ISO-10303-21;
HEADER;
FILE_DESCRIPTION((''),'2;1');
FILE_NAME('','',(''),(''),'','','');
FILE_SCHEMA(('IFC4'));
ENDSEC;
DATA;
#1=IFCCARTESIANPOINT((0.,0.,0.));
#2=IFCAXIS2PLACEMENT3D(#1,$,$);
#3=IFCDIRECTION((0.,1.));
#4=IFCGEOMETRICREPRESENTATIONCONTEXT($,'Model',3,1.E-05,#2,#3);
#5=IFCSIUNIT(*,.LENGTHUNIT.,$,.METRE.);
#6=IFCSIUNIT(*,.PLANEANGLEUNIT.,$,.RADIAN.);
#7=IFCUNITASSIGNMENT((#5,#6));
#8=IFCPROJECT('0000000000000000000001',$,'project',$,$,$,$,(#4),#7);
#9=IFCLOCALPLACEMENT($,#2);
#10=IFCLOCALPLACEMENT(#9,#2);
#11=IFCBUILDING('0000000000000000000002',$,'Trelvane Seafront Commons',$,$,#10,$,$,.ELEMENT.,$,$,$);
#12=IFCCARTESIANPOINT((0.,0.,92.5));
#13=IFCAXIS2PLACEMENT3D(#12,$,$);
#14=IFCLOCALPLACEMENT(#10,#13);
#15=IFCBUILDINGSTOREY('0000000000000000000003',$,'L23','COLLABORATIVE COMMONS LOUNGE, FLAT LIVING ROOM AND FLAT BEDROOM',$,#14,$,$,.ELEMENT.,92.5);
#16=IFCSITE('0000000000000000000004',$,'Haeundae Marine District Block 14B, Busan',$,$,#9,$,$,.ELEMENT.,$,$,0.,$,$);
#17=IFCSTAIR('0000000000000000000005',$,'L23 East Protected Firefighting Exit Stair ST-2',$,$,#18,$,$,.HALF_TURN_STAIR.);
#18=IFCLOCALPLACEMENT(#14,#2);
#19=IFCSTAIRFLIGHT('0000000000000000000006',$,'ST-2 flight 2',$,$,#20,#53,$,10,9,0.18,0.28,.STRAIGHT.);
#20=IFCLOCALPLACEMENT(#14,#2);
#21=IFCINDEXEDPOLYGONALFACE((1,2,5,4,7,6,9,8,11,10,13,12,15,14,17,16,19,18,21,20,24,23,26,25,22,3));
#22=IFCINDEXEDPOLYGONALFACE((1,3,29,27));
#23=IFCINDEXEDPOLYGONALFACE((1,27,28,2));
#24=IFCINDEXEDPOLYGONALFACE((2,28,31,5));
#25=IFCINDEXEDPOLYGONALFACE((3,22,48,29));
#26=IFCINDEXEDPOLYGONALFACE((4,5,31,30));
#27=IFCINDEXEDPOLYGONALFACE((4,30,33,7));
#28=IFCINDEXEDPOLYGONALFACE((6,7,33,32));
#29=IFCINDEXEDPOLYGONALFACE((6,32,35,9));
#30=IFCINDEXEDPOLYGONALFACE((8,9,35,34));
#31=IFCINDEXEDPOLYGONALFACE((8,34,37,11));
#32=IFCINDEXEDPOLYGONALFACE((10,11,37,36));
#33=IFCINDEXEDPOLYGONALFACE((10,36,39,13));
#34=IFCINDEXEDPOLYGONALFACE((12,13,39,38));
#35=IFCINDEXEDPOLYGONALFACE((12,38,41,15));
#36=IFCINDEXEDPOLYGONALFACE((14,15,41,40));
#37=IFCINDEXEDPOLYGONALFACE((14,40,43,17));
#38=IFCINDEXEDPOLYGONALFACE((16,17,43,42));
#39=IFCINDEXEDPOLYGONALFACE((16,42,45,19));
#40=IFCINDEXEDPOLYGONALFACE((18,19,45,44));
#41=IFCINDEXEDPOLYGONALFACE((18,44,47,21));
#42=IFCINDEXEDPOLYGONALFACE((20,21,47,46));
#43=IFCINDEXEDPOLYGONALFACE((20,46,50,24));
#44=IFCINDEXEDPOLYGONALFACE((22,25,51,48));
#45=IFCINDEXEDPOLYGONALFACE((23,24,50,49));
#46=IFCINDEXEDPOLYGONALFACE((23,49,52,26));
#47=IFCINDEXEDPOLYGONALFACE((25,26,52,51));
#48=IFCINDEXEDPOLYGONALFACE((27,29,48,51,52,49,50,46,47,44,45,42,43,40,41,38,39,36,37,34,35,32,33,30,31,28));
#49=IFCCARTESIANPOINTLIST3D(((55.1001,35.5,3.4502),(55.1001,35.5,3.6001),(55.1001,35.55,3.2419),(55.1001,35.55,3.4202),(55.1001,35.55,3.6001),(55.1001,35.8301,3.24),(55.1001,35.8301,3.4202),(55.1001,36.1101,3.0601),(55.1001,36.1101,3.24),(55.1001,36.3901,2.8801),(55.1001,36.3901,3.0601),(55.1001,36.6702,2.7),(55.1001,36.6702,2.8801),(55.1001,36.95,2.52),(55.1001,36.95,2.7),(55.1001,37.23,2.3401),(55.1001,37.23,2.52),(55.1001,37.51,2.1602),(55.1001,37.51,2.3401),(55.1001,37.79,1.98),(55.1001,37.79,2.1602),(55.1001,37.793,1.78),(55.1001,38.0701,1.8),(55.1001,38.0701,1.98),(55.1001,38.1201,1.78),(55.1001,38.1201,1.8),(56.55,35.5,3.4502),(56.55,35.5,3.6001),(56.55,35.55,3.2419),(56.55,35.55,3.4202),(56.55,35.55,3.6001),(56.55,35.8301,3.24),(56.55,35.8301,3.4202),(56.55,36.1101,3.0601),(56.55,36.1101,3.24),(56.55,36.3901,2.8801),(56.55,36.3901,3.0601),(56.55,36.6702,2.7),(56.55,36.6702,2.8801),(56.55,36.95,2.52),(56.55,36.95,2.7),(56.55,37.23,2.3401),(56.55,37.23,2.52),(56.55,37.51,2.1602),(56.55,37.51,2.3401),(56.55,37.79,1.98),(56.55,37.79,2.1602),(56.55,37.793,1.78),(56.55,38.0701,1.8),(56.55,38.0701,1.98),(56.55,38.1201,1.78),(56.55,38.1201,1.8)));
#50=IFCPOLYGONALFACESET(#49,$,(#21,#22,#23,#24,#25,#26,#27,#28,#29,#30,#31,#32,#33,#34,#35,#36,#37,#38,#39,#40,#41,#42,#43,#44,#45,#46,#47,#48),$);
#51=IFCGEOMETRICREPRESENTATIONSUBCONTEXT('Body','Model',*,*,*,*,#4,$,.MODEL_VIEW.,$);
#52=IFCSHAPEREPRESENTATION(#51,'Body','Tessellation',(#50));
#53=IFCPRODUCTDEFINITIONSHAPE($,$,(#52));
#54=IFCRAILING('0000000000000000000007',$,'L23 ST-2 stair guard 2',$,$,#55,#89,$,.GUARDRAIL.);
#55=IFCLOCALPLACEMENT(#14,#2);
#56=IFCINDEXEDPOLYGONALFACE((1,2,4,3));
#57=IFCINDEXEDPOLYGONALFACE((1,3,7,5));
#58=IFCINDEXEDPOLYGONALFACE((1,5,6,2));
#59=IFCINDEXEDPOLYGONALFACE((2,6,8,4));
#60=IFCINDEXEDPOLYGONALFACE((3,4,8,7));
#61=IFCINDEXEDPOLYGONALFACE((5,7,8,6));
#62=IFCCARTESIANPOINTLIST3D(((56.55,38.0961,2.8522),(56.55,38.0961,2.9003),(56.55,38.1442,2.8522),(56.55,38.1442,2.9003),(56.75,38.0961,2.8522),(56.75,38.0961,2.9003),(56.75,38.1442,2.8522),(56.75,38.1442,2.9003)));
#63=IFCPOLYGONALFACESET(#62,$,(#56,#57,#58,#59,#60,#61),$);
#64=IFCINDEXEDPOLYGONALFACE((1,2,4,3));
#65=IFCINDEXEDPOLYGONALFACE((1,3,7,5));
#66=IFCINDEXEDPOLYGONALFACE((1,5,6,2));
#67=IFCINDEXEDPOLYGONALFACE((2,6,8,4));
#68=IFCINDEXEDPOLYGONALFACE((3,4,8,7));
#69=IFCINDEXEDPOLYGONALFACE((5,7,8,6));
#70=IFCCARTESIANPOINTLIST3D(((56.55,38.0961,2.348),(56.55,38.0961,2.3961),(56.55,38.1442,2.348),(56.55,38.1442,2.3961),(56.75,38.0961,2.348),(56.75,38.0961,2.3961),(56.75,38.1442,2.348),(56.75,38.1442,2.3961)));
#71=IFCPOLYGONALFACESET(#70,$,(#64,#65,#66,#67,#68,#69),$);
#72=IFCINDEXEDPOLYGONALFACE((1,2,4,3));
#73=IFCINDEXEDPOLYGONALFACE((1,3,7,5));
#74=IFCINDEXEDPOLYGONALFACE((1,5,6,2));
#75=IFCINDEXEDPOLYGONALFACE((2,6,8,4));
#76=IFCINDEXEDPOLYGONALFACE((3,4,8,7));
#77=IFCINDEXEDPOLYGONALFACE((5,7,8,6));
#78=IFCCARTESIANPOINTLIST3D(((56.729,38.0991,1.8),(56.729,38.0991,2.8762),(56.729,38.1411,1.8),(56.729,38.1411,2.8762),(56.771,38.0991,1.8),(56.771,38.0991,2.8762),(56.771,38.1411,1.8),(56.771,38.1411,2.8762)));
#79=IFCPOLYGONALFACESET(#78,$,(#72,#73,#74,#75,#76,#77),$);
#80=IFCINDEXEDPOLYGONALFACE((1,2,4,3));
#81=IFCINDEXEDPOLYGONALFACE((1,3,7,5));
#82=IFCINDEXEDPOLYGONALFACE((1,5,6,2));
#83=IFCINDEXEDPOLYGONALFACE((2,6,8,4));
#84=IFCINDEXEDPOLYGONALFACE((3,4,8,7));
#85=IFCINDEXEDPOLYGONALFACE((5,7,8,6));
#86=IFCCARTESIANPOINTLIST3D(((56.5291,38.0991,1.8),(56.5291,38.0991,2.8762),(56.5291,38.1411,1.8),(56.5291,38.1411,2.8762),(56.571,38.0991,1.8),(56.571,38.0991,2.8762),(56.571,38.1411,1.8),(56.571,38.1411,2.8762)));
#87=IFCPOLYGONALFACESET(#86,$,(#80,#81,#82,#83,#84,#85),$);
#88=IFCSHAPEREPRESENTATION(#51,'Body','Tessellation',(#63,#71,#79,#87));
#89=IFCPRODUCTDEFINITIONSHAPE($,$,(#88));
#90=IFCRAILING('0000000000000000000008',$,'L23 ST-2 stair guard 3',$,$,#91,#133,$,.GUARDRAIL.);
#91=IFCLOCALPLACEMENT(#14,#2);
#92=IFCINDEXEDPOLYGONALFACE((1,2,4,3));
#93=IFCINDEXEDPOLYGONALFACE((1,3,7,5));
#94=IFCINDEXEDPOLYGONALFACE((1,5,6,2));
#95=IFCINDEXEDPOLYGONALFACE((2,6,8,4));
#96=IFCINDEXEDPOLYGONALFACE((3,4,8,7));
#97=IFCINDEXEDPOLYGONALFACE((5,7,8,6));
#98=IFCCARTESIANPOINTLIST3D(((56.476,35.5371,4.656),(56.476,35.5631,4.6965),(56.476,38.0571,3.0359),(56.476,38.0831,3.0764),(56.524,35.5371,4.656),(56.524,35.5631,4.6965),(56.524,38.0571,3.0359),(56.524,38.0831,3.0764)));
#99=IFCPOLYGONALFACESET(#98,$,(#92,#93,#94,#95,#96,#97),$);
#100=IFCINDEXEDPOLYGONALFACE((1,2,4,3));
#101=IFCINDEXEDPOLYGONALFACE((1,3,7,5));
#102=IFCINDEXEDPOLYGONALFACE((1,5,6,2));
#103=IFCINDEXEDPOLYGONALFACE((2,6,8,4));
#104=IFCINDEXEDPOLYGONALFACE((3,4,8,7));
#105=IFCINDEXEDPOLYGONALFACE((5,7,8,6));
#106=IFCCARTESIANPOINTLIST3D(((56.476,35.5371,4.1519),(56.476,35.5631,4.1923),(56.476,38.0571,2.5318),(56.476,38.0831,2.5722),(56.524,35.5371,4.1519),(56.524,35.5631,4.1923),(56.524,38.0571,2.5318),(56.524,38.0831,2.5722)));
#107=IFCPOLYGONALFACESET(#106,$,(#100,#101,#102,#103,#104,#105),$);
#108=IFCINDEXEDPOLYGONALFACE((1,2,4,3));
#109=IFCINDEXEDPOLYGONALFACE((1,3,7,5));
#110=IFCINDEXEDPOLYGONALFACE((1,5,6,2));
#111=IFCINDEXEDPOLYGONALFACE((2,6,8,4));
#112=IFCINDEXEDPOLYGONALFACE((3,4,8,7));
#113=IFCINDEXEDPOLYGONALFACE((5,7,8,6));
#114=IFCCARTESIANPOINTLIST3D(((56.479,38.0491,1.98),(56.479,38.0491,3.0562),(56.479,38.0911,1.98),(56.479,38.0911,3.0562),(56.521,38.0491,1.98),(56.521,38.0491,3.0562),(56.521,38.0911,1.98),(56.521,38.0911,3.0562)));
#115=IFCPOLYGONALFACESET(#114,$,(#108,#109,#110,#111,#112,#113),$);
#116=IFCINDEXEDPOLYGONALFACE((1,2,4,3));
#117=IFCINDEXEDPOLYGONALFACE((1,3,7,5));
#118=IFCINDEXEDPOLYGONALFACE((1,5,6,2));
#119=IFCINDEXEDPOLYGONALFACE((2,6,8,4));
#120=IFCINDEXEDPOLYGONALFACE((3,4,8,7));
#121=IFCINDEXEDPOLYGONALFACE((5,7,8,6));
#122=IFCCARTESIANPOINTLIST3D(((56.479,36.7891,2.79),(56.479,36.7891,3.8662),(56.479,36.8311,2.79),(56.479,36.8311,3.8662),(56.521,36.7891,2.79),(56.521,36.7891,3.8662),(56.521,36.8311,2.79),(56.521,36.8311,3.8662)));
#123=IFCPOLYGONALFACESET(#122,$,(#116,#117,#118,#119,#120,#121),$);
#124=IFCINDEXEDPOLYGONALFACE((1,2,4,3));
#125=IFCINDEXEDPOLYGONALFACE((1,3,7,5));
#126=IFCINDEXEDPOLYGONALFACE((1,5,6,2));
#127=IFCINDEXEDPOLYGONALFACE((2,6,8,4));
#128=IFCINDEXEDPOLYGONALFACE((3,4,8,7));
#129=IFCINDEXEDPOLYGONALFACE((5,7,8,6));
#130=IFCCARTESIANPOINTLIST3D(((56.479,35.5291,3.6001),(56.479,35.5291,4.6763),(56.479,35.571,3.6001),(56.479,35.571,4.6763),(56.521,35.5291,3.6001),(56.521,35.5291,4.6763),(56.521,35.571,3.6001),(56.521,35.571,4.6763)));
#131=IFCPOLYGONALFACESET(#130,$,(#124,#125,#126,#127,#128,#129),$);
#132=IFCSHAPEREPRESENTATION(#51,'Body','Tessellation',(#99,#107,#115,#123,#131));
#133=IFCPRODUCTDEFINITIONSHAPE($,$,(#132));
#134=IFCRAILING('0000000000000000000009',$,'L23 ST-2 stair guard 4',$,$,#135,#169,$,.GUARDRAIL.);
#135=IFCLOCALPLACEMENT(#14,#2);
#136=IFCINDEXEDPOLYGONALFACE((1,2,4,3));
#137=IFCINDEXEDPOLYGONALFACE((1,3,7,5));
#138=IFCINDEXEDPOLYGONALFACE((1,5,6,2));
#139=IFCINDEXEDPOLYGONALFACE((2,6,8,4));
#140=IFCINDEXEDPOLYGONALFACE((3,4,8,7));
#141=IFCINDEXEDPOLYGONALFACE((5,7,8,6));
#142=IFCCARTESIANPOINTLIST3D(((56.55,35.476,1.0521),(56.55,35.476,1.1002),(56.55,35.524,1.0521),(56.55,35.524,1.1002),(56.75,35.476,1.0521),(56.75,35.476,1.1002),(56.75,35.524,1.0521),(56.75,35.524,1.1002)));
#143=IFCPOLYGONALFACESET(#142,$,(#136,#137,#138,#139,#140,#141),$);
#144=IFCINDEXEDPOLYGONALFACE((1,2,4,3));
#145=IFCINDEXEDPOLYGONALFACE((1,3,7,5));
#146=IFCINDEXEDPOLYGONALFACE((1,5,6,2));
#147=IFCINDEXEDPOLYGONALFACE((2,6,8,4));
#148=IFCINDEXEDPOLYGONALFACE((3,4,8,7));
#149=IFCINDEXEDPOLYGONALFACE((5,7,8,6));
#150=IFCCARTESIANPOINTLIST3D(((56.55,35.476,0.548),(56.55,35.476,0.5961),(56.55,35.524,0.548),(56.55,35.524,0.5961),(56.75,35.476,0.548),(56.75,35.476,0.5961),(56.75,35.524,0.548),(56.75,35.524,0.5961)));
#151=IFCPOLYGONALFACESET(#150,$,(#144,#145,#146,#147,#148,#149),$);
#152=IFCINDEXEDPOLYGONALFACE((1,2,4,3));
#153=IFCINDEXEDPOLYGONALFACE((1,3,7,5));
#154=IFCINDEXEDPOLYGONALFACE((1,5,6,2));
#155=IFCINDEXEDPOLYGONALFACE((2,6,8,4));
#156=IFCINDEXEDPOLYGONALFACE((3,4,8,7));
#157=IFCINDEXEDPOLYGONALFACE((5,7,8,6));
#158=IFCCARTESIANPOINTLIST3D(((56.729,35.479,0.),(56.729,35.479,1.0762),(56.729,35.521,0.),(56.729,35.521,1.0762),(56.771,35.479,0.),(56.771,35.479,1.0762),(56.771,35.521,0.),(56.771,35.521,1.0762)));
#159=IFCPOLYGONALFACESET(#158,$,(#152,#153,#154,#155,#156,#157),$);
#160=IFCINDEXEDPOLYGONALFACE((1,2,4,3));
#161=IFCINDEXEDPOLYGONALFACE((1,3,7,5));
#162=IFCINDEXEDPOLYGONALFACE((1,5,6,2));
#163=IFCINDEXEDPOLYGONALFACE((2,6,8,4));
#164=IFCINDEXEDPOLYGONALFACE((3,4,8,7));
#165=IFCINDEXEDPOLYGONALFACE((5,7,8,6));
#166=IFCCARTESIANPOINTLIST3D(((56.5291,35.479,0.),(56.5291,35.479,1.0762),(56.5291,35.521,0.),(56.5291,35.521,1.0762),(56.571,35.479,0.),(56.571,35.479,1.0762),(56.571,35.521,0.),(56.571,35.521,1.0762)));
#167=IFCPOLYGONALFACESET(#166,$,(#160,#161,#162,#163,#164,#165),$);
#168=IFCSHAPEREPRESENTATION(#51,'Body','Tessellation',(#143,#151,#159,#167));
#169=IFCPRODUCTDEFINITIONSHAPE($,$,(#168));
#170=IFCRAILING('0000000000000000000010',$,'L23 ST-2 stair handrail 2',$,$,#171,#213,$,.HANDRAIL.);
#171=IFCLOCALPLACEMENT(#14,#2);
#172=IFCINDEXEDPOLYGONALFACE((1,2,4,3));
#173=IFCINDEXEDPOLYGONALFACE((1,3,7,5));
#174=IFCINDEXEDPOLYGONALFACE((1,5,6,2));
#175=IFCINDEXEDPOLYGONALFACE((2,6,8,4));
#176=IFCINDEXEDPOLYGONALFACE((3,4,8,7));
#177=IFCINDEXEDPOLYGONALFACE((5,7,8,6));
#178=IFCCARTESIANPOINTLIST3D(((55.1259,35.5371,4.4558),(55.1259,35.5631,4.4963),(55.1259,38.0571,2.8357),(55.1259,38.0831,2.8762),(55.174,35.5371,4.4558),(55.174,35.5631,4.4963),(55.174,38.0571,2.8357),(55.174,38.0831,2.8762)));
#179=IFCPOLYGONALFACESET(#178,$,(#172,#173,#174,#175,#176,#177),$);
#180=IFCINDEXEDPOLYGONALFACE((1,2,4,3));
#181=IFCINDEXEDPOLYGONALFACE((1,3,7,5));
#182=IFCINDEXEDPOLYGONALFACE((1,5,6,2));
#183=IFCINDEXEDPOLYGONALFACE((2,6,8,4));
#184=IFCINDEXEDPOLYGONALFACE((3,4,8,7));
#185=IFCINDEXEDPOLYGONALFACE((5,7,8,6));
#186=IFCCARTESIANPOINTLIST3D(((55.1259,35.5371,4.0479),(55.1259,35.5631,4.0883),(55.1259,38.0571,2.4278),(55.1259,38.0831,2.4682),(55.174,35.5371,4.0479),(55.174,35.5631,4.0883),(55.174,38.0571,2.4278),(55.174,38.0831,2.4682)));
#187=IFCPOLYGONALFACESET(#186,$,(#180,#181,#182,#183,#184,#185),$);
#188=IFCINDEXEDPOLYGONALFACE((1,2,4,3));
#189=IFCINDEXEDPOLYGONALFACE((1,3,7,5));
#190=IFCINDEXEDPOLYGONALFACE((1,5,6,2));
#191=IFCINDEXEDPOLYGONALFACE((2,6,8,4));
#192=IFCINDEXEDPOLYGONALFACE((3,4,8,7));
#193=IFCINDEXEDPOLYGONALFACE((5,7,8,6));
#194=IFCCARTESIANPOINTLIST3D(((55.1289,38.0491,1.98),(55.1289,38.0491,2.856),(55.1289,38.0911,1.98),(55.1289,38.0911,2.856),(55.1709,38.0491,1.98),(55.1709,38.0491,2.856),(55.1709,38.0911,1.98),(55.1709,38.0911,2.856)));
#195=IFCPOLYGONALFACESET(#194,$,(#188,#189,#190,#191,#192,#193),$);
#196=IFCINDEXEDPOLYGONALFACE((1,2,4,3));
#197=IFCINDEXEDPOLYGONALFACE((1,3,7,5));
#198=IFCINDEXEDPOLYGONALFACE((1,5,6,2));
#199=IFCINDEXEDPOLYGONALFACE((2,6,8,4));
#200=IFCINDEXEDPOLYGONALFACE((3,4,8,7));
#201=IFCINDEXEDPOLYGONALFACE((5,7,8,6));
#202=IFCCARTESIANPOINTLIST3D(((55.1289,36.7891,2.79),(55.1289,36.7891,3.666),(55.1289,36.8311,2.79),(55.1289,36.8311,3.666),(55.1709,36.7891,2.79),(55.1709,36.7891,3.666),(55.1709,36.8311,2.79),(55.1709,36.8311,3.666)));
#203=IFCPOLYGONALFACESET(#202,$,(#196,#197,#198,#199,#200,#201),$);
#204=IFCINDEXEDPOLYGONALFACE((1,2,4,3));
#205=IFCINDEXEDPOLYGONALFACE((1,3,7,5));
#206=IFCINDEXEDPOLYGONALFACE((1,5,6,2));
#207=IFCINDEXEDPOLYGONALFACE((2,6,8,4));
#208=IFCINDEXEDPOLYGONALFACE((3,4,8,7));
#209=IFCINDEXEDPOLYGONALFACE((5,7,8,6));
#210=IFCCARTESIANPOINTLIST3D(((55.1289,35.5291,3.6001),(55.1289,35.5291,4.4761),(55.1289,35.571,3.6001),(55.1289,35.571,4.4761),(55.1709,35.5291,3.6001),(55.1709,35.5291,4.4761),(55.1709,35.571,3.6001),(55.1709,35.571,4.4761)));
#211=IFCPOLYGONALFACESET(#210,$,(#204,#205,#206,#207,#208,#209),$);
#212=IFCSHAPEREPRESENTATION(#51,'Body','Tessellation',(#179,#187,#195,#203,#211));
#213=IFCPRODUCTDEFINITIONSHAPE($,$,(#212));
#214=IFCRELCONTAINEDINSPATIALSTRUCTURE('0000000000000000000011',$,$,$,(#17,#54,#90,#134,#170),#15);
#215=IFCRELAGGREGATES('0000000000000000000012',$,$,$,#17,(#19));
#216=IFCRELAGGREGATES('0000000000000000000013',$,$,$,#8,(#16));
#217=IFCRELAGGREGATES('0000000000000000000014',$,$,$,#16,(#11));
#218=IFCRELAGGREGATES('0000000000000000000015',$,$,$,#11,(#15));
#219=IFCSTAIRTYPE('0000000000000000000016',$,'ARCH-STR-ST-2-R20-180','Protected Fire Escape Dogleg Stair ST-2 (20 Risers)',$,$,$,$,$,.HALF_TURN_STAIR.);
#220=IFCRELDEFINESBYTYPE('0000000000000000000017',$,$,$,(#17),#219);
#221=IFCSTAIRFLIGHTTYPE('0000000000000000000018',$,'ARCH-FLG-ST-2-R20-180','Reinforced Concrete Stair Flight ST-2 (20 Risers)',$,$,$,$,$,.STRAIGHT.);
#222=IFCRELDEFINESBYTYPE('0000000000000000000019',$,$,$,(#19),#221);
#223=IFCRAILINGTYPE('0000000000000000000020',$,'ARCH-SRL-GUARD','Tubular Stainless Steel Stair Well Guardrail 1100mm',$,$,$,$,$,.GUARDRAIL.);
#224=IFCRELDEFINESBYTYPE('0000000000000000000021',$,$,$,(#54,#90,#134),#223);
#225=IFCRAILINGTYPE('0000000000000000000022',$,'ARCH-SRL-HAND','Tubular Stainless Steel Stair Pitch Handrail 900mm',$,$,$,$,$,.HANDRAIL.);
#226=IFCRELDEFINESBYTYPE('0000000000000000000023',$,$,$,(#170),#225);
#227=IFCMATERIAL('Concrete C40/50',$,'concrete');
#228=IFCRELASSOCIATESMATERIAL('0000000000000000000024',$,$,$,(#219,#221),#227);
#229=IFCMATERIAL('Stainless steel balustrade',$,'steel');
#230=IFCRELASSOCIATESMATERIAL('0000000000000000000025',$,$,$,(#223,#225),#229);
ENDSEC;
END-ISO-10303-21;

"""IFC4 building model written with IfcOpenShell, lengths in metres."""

from ifc_helpers import new_model, si_unit, direction, frame, origin, origin_2d, place, context, subcontext, project, spatial, polyline, rectangle, outline, extrude, source, transform, mapped, material, type_object, element, aggregate, save


model = new_model("IFC4")

# Units and contexts
model_context = context("Model", 3, precision=1e-05, world=origin(), true_north=direction((0.0, 1.0)))
body_context = subcontext(model_context, "Body", "Model", "MODEL_VIEW")
ifc_project = project(units=[si_unit("LENGTHUNIT", "METRE"), si_unit("PLANEANGLEUNIT", "RADIAN")], contexts=[model_context])

# Site, building, storey
site_placement = place(None, origin())
site = spatial("IfcSite", under=ifc_project, at=site_placement, Name="Haeundae Marine District Block 14B, Busan", CompositionType="ELEMENT", RefElevation=0.0)
building_placement = place(site_placement, origin())
building = spatial("IfcBuilding", under=site, at=building_placement, Name="Trelvane Seafront Commons", CompositionType="ELEMENT")
storey_placement = place(building_placement, frame((0.0, 0.0, 92.5)))
storey = spatial("IfcBuildingStorey", under=building, at=storey_placement, Name="L23", Description="COLLABORATIVE COMMONS LOUNGE, FLAT LIVING ROOM AND FLAT BEDROOM", CompositionType="ELEMENT", Elevation=92.5)

# Shared definitions
ifc_material_1 = material(Name="Concrete C40/50", Category="concrete")

# Stair, stair flight
stair_type = type_object("IfcStairType", Name="ARCH-STR-ST-2-R20-180", Description="Protected Fire Escape Dogleg Stair ST-2 (20 Risers)", PredefinedType="HALF_TURN_STAIR", material=ifc_material_1)
stair_placement = place(storey_placement, origin())
stair = element("IfcStair", 1, at=stair_placement, inside=storey, type_object=stair_type, Name="L23 East Protected Firefighting Exit Stair ST-2", PredefinedType="HALF_TURN_STAIR")
stair_flight_type = type_object("IfcStairFlightType", Name="ARCH-FLG-ST-2-R20-180", Description="Reinforced Concrete Stair Flight ST-2 (20 Risers)", PredefinedType="STRAIGHT", material=ifc_material_1)
shared_shape_1 = source(origin(), body_context, "Body", "SweptSolid", [
    extrude(outline(polyline([(-0.05, -0.02), (-0.05, 0.0), (0.0, 0.0), (0.0, 0.1799), (0.28, 0.1799), (0.28, 0.3601), (0.5601, 0.3601), (0.5601, 0.54), (0.8401, 0.54), (0.8401, 0.72), (1.1201, 0.72), (1.1201, 0.8999), (1.3999, 0.8999), (1.3999, 1.0801), (1.6799, 1.0801), (1.6799, 1.26), (1.96, 1.26), (1.96, 1.4399), (2.24, 1.4399), (2.24, 1.6201), (2.52, 1.6201), (2.52, 1.8), (2.5701, 1.8), (2.5701, 1.6501), (2.52, 1.4419), (0.2771, -0.02), (-0.05, -0.02)])), frame((0.0, 0.7251, 0.0), z_axis=(0.0, -1.0, 0.0), x_axis=(1.0, 0.0, 0.0)), (0.0, 0.0, 1.0), 1.45),
])
stair_flight_placement = place(storey_placement, frame((55.825, 38.0701, 1.8), z_axis=(0.0, 0.0, 1.0), x_axis=(0.0, -1.0, 0.0)))
stair_flight = element("IfcStairFlight", 2, at=stair_flight_placement, type_object=stair_flight_type, Name="ST-2 flight 2", NumberOfRisers=10, NumberOfTreads=9, PredefinedType="STRAIGHT", RiserHeight=0.18, TreadLength=0.28, context=body_context, shape_type="MappedRepresentation", body=[
    mapped(shared_shape_1, transform((0.0, 0.0, 0.0), x_axis=(1.0, 0.0, 0.0), y_axis=(0.0, 1.0, 0.0), z_axis=(0.0, 0.0, 1.0), scale=1.0)),
])
aggregate(stair, [stair_flight])

# Railings
ifc_material_2 = material(Name="Stainless steel balustrade", Category="steel")
railing_type_1 = type_object("IfcRailingType", Name="ARCH-SRL-GUARD", Description="Tubular Stainless Steel Stair Well Guardrail 1100mm", PredefinedType="GUARDRAIL", material=ifc_material_2)
railing_1_placement = place(storey_placement, frame((56.75, 38.1201, 1.8)))
element("IfcRailing", 3, at=railing_1_placement, inside=storey, type_object=railing_type_1, Name="L23 ST-2 stair guard 2", PredefinedType="GUARDRAIL", context=body_context, shape_type="SweptSolid", body=[
    extrude(rectangle(XDim=0.0481, YDim=0.0481, at=origin_2d()), frame((0.0, 0.0, 1.0762), z_axis=(-1.0, 0.0, 0.0), x_axis=(0.0, -1.0, 0.0)), (0.0, 0.0, 1.0), 0.2),
    extrude(rectangle(XDim=0.0481, YDim=0.0481, at=origin_2d()), frame((0.0, 0.0, 0.572), z_axis=(-1.0, 0.0, 0.0), x_axis=(0.0, -1.0, 0.0)), (0.0, 0.0, 1.0), 0.2),
    extrude(rectangle(XDim=0.042, YDim=0.042, at=origin_2d()), origin(), (0.0, 0.0, 1.0), 1.0762),
    extrude(rectangle(XDim=0.042, YDim=0.042, at=origin_2d()), frame((-0.2, 0.0, 0.0)), (0.0, 0.0, 1.0), 1.0762),
])
railing_2_placement = place(storey_placement, frame((56.5, 38.0701, 1.98)))
element("IfcRailing", 4, at=railing_2_placement, inside=storey, type_object=railing_type_1, Name="L23 ST-2 stair guard 3", PredefinedType="GUARDRAIL", context=body_context, shape_type="SweptSolid", body=[
    extrude(rectangle(XDim=0.0481, YDim=0.0481, at=origin_2d()), frame((0.0, 0.0, 1.0762), z_axis=(0.0, -0.841163, 0.540782), x_axis=(1.0, 0.0, 0.0)), (0.0, 0.0, 1.0), 2.9958),
    extrude(rectangle(XDim=0.0481, YDim=0.0481, at=origin_2d()), frame((0.0, 0.0, 0.572), z_axis=(0.0, -0.841163, 0.540782), x_axis=(1.0, 0.0, 0.0)), (0.0, 0.0, 1.0), 2.9958),
    extrude(rectangle(XDim=0.042, YDim=0.042, at=origin_2d()), origin(), (0.0, 0.0, 1.0), 1.0762),
    extrude(rectangle(XDim=0.042, YDim=0.042, at=origin_2d()), frame((0.0, -1.26, 0.8101)), (0.0, 0.0, 1.0), 1.0762),
    extrude(rectangle(XDim=0.042, YDim=0.042, at=origin_2d()), frame((0.0, -2.52, 1.6201)), (0.0, 0.0, 1.0), 1.0762),
])
railing_3_placement = place(storey_placement, frame((56.75, 35.5, 0.0)))
element("IfcRailing", 5, at=railing_3_placement, inside=storey, type_object=railing_type_1, Name="L23 ST-2 stair guard 4", PredefinedType="GUARDRAIL", context=body_context, shape_type="SweptSolid", body=[
    extrude(rectangle(XDim=0.0481, YDim=0.0481, at=origin_2d()), frame((0.0, 0.0, 1.0762), z_axis=(-1.0, 0.0, 0.0), x_axis=(0.0, -1.0, 0.0)), (0.0, 0.0, 1.0), 0.2),
    extrude(rectangle(XDim=0.0481, YDim=0.0481, at=origin_2d()), frame((0.0, 0.0, 0.572), z_axis=(-1.0, 0.0, 0.0), x_axis=(0.0, -1.0, 0.0)), (0.0, 0.0, 1.0), 0.2),
    extrude(rectangle(XDim=0.042, YDim=0.042, at=origin_2d()), origin(), (0.0, 0.0, 1.0), 1.0762),
    extrude(rectangle(XDim=0.042, YDim=0.042, at=origin_2d()), frame((-0.2, 0.0, 0.0)), (0.0, 0.0, 1.0), 1.0762),
])
railing_type_2 = type_object("IfcRailingType", Name="ARCH-SRL-HAND", Description="Tubular Stainless Steel Stair Pitch Handrail 900mm", PredefinedType="HANDRAIL", material=ifc_material_2)
railing_4_placement = place(storey_placement, frame((55.1499, 38.0701, 1.98)))
element("IfcRailing", 6, at=railing_4_placement, inside=storey, type_object=railing_type_2, Name="L23 ST-2 stair handrail 2", PredefinedType="HANDRAIL", context=body_context, shape_type="SweptSolid", body=[
    extrude(rectangle(XDim=0.0481, YDim=0.0481, at=origin_2d()), frame((0.0, 0.0, 0.876), z_axis=(0.0, -0.841163, 0.540782), x_axis=(1.0, 0.0, 0.0)), (0.0, 0.0, 1.0), 2.9958),
    extrude(rectangle(XDim=0.0481, YDim=0.0481, at=origin_2d()), frame((0.0, 0.0, 0.468), z_axis=(0.0, -0.841163, 0.540782), x_axis=(1.0, 0.0, 0.0)), (0.0, 0.0, 1.0), 2.9958),
    extrude(rectangle(XDim=0.042, YDim=0.042, at=origin_2d()), origin(), (0.0, 0.0, 1.0), 0.876),
    extrude(rectangle(XDim=0.042, YDim=0.042, at=origin_2d()), frame((0.0, -1.26, 0.8101)), (0.0, 0.0, 1.0), 0.876),
    extrude(rectangle(XDim=0.042, YDim=0.042, at=origin_2d()), frame((0.0, -2.52, 1.6201)), (0.0, 0.0, 1.0), 0.876),
])

save(model, "model.ifc")
